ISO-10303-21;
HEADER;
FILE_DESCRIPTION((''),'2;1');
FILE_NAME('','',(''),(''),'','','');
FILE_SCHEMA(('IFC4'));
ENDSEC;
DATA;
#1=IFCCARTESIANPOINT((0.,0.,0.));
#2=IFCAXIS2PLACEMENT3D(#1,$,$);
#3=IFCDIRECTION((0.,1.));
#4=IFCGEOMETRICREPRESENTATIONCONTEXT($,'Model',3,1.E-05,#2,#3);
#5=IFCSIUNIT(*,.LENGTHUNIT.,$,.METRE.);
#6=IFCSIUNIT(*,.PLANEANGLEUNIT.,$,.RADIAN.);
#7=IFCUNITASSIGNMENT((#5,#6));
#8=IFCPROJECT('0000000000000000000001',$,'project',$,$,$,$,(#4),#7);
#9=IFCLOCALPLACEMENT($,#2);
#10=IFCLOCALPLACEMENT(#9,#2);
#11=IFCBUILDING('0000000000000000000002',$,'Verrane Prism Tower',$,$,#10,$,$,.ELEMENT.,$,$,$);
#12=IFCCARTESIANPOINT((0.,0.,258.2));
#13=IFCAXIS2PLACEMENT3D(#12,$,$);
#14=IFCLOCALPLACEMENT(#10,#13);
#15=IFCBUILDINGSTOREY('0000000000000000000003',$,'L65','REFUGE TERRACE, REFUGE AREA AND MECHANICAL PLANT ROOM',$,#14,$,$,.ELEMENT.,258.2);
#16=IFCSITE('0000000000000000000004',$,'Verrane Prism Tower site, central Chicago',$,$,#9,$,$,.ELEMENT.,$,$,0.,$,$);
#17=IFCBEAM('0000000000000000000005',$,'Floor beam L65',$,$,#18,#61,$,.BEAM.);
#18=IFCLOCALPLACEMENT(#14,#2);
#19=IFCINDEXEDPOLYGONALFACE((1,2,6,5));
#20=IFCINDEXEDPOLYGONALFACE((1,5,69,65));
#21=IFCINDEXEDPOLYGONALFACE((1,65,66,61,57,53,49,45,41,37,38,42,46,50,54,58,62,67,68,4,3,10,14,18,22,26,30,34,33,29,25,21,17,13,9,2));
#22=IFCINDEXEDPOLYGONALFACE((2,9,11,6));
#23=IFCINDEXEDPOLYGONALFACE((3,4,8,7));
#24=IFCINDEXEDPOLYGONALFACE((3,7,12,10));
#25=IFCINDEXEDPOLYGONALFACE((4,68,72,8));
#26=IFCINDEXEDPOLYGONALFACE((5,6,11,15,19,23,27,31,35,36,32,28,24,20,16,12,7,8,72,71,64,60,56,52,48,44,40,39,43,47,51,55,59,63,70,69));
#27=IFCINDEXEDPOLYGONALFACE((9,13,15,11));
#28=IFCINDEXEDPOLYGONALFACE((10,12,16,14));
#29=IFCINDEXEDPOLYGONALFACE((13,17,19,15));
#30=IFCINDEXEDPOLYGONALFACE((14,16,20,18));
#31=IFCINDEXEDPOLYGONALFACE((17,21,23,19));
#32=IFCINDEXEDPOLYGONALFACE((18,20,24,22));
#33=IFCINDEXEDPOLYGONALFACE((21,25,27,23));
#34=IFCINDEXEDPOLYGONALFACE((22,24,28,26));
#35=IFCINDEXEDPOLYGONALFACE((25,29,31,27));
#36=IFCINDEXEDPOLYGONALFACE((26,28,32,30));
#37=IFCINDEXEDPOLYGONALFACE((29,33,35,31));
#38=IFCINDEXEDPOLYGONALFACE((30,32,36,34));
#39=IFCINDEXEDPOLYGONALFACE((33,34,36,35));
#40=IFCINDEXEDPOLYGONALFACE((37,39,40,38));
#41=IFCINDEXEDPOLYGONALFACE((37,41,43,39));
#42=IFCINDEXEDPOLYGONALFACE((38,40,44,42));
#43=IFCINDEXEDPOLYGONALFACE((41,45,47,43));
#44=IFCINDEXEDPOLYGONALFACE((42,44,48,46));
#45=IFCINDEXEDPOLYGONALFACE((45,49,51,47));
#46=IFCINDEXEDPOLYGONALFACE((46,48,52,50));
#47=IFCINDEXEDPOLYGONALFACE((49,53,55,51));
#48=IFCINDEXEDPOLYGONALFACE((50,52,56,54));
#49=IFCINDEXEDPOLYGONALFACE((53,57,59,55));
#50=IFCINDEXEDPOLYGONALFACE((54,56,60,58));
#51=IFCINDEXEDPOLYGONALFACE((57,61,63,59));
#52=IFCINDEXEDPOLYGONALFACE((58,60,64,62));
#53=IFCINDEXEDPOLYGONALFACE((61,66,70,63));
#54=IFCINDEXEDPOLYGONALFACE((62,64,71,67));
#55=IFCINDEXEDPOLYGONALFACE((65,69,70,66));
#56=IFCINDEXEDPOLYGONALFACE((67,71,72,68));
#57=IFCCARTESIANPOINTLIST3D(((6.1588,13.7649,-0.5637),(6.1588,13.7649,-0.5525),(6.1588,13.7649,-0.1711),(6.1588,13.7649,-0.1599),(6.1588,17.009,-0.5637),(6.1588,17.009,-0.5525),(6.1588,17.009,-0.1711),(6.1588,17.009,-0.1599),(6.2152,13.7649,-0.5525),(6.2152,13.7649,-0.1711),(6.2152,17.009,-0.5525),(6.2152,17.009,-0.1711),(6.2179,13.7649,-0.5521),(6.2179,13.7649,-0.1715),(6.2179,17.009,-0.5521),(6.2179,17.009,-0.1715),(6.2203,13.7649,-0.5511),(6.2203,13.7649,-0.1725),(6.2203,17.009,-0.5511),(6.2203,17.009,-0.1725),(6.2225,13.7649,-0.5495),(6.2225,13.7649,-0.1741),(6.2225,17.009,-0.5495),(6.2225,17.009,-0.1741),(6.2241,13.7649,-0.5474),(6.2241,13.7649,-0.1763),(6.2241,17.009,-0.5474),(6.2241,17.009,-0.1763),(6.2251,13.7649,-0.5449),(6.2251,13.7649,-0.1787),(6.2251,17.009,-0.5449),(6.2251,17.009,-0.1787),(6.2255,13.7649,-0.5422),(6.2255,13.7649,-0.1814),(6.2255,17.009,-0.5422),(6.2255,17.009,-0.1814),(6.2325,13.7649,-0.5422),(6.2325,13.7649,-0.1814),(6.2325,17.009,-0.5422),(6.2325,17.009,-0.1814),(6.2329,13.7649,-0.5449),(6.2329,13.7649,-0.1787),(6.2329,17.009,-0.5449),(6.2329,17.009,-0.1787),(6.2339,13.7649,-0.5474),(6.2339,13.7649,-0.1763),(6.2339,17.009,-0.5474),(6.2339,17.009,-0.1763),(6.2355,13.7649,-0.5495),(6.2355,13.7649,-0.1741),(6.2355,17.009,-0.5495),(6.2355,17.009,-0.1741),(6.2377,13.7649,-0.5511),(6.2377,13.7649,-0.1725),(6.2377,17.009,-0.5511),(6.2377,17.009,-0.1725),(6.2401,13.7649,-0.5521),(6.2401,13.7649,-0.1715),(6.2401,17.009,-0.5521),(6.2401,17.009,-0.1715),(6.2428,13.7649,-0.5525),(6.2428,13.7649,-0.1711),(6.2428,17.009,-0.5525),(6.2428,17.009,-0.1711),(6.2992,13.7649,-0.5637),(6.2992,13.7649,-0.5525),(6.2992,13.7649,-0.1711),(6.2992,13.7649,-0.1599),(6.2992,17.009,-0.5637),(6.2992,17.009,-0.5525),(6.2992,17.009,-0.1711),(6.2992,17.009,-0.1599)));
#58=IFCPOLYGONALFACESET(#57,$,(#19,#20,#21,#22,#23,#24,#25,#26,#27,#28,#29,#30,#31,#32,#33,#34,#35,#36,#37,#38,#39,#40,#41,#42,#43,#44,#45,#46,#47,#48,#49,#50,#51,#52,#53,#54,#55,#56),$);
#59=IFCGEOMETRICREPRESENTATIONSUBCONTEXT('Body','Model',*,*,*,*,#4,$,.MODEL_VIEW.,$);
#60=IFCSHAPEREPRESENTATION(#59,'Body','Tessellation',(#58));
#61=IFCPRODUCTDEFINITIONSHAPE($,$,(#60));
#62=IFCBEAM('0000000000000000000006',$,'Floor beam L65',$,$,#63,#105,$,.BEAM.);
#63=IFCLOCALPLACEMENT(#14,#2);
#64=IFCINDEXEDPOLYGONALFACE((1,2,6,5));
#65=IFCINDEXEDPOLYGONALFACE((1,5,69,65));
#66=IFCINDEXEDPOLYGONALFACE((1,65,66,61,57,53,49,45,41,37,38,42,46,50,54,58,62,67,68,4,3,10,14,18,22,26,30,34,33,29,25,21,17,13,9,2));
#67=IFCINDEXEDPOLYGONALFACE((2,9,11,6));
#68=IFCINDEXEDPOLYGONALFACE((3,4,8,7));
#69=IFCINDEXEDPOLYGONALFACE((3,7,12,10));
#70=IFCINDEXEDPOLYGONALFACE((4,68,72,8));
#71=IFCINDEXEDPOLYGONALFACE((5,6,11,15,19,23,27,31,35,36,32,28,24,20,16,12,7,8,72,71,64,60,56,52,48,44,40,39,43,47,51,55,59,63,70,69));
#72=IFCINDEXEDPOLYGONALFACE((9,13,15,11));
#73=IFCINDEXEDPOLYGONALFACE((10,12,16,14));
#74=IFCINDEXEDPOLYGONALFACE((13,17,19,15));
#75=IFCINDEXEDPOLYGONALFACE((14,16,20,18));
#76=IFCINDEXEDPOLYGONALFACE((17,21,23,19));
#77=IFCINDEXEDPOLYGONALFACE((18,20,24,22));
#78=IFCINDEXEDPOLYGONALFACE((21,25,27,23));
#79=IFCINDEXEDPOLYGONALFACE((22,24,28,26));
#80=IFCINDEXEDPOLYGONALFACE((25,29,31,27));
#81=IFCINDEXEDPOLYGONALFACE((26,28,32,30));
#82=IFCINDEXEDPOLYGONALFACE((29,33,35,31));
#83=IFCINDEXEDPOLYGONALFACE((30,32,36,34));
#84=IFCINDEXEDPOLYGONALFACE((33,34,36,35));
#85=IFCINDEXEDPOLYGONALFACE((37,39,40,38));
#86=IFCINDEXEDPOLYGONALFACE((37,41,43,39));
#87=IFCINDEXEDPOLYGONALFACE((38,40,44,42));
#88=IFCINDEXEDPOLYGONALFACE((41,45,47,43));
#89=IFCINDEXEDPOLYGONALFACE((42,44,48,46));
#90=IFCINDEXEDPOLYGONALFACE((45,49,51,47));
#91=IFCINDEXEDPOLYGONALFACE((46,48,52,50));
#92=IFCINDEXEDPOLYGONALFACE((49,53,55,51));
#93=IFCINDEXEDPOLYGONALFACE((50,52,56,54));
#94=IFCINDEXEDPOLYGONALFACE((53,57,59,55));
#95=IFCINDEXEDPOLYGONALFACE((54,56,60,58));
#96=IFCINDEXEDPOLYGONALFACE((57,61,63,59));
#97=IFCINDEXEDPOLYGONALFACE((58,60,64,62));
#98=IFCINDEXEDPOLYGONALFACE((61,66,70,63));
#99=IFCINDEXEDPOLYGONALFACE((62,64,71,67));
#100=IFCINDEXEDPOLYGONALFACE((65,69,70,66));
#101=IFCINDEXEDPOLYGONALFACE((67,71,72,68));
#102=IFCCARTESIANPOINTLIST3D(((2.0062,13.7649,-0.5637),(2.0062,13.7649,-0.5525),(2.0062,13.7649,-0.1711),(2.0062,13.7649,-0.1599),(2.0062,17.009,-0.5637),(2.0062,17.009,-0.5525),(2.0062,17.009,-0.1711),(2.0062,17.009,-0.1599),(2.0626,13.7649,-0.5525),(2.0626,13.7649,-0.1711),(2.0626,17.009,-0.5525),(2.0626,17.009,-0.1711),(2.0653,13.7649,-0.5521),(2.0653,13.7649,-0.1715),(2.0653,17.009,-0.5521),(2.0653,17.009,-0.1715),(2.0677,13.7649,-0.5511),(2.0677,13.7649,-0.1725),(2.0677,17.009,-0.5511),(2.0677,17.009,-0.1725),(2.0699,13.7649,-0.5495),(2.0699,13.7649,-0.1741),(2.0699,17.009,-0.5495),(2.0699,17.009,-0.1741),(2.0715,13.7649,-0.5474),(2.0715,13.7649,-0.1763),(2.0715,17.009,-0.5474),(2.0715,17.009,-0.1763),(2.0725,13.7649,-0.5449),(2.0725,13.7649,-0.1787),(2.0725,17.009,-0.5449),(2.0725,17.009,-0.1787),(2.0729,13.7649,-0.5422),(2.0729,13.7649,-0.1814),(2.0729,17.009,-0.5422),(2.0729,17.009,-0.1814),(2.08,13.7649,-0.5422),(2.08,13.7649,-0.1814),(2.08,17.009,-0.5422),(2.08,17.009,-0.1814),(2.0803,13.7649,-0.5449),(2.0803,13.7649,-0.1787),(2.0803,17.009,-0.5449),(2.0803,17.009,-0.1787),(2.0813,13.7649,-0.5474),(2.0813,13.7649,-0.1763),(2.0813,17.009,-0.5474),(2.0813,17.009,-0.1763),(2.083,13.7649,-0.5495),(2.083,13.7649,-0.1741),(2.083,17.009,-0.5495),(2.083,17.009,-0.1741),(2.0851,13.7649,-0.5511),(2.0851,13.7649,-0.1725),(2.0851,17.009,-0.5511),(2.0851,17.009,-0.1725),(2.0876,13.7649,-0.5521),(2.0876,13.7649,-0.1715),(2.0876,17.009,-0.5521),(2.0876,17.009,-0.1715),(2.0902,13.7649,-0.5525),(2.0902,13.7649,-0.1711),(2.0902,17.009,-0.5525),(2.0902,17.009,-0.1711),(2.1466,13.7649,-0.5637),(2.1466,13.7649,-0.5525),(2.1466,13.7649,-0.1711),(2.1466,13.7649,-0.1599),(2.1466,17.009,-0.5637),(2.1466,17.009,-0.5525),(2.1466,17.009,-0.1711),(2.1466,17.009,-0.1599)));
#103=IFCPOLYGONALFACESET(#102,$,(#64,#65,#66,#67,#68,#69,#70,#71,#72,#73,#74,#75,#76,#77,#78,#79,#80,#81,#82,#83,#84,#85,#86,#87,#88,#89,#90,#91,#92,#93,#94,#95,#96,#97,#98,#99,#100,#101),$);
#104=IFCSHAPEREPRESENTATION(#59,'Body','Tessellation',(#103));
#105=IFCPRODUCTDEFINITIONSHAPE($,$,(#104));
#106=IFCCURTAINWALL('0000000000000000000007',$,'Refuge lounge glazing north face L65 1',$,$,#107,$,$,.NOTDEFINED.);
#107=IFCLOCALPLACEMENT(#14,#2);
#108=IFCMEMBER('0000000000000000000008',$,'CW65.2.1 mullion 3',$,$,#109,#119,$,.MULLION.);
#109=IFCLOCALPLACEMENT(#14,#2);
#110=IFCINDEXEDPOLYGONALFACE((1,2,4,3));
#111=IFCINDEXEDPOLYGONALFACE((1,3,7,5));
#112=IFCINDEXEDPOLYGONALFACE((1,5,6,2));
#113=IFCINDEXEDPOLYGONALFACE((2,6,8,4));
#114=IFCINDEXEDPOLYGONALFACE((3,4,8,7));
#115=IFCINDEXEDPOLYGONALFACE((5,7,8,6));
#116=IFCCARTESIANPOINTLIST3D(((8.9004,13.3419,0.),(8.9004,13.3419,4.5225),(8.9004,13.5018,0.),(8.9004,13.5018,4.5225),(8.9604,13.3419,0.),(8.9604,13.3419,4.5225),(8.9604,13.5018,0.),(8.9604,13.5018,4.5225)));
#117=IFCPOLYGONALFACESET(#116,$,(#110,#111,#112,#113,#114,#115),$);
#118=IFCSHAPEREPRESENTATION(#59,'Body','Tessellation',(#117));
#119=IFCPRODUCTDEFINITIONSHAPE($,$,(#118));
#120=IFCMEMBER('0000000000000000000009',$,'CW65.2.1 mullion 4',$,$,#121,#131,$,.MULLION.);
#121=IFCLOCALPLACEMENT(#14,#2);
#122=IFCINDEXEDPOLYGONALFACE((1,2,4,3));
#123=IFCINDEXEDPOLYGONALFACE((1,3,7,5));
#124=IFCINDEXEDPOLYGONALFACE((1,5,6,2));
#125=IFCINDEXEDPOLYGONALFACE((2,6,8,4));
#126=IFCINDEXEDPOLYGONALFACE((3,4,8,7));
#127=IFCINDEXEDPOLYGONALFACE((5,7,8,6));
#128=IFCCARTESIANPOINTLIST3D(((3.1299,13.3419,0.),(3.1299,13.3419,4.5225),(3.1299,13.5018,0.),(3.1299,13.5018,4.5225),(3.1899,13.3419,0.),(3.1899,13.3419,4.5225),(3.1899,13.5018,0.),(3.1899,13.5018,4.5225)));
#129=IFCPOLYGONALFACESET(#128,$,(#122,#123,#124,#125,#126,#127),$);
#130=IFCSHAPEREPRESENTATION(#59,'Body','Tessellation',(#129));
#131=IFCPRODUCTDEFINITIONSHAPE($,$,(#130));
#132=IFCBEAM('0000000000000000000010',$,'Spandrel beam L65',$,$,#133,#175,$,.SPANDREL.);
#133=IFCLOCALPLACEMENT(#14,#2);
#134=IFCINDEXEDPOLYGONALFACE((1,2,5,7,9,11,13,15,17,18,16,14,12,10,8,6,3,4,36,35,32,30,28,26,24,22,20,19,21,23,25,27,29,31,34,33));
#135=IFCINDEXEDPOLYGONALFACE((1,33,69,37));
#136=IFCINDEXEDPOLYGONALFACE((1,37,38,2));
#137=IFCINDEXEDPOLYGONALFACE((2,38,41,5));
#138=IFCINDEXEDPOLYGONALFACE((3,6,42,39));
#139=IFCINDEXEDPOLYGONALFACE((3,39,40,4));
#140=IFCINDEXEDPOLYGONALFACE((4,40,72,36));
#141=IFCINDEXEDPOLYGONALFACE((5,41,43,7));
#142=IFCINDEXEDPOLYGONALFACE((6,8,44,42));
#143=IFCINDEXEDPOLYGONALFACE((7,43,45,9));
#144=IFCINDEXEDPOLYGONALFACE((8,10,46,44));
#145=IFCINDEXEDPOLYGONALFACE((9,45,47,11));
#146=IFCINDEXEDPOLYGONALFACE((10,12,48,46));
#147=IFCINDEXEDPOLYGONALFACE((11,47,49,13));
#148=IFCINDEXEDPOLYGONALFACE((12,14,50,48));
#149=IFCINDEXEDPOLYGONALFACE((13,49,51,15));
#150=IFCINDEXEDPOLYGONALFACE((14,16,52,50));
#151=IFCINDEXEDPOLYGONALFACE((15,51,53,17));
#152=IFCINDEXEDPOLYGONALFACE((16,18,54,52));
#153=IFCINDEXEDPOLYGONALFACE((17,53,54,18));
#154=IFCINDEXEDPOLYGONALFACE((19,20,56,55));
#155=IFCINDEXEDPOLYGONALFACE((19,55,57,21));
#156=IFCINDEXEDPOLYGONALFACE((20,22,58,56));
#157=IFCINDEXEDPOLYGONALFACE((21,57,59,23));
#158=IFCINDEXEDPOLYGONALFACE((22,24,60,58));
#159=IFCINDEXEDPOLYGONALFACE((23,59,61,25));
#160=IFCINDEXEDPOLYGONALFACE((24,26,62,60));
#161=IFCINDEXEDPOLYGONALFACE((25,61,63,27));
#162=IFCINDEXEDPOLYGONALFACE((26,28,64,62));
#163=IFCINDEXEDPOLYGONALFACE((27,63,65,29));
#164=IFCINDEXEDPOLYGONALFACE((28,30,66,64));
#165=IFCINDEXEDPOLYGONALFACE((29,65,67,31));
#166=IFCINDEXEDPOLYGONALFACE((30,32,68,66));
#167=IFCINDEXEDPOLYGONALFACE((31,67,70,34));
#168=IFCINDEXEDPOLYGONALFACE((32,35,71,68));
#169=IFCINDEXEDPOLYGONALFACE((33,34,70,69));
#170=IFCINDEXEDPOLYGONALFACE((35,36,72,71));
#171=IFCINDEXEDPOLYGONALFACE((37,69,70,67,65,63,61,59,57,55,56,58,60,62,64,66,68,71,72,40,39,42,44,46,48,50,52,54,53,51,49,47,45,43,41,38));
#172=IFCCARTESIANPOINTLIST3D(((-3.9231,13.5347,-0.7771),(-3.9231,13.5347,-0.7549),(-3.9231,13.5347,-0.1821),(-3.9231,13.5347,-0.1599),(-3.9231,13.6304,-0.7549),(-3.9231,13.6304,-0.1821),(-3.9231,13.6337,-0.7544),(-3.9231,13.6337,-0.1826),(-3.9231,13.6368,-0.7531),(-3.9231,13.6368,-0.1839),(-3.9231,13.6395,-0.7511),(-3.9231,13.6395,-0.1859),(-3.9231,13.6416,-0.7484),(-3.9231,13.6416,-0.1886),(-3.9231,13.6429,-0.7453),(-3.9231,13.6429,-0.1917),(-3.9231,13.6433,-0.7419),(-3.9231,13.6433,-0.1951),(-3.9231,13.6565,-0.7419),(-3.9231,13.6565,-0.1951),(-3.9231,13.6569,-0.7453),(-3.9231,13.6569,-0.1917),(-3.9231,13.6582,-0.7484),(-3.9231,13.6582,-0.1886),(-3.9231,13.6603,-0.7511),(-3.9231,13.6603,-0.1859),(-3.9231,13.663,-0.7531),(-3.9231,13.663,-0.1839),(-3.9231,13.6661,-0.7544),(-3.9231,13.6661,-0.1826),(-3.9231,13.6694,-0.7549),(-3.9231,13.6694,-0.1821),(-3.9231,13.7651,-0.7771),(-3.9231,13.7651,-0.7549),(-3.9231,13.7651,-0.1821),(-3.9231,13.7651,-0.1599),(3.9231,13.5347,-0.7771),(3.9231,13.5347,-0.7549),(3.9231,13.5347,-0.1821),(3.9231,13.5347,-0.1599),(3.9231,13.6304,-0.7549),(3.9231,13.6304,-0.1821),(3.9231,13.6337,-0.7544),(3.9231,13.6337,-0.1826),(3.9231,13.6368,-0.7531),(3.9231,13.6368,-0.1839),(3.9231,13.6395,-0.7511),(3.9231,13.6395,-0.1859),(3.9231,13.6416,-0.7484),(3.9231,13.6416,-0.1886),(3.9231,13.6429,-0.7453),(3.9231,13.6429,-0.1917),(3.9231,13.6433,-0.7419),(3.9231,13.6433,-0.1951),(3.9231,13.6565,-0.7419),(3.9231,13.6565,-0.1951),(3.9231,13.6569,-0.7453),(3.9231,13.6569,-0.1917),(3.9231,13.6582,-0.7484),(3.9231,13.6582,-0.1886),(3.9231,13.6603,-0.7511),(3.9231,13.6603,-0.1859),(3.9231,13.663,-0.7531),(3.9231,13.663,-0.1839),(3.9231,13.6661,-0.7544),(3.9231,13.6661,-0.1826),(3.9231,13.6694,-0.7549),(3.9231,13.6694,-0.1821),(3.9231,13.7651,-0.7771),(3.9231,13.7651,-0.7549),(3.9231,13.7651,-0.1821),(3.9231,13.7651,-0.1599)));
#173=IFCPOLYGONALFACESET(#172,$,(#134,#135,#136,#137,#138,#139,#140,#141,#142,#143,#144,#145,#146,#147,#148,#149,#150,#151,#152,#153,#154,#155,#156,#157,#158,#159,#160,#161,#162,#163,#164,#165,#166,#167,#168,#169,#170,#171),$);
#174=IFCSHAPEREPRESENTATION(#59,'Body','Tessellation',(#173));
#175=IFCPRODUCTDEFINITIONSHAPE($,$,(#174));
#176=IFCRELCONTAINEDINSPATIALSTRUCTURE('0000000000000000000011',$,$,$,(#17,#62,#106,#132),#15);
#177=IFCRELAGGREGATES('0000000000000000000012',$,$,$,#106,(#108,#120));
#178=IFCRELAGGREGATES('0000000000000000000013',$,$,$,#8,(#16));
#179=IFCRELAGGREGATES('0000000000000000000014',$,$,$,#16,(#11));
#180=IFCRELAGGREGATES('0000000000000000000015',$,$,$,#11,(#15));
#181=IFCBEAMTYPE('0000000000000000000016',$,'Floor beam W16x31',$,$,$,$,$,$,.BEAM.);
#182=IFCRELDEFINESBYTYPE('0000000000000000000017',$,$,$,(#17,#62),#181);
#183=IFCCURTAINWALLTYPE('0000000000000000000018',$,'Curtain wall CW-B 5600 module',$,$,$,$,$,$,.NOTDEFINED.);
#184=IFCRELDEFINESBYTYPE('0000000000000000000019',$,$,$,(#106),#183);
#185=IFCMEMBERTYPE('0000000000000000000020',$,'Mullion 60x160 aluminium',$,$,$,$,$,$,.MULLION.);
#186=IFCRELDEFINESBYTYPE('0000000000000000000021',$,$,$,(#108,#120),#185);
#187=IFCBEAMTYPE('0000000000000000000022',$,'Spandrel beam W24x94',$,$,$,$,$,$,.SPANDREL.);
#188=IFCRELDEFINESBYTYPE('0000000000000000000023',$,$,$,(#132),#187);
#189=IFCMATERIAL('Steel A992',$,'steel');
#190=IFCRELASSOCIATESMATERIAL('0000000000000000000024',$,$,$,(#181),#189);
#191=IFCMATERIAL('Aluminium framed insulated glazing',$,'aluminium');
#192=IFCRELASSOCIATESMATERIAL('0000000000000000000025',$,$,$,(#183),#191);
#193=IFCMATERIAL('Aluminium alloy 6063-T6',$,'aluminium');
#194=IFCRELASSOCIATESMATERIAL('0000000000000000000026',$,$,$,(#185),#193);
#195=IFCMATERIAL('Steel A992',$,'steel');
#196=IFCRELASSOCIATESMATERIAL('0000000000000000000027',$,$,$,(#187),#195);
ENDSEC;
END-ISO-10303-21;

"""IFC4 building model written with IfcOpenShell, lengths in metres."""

from ifc_helpers import new_model, si_unit, direction, frame, origin, origin_2d, place, context, subcontext, project, spatial, rectangle, i_section, extrude, material, material_profile, profile_set, type_object, element, aggregate, save


model = new_model("IFC4")

# Units and contexts
model_context = context("Model", 3, precision=1e-05, world=origin(), true_north=direction((0.0, 1.0)))
body_context = subcontext(model_context, "Body", "Model", "MODEL_VIEW")
ifc_project = project(units=[si_unit("LENGTHUNIT", "METRE"), si_unit("PLANEANGLEUNIT", "RADIAN")], contexts=[model_context])

# Site, building, storey
site_placement = place(None, origin())
site = spatial("IfcSite", under=ifc_project, at=site_placement, Name="Verrane Prism Tower site, central Chicago", CompositionType="ELEMENT", RefElevation=0.0)
building_placement = place(site_placement, origin())
building = spatial("IfcBuilding", under=site, at=building_placement, Name="Verrane Prism Tower", CompositionType="ELEMENT")
storey_placement = place(building_placement, frame((0.0, 0.0, 258.2)))
storey = spatial("IfcBuildingStorey", under=building, at=storey_placement, Name="L65", Description="REFUGE TERRACE, REFUGE AREA AND MECHANICAL PLANT ROOM", CompositionType="ELEMENT", Elevation=258.2)

# Beams
ifc_material_1 = material(Name="Steel A992", Category="steel")
ifc_material_profile_1 = material_profile(ifc_material_1, i_section(OverallWidth=0.1404, OverallDepth=0.4038, WebThickness=0.0071, FlangeThickness=0.0112, FilletRadius=0.0103, at=origin_2d()), Name="W16x31")
ifc_profile_set_1 = profile_set([ifc_material_profile_1], Name="Steel A992")
beam_type_1 = type_object("IfcBeamType", Name="Floor beam W16x31", PredefinedType="BEAM", material=ifc_profile_set_1)
for number, where, z_axis, x_axis, name in (
    (1, (6.229, 13.7649, -0.3618), (0.0, 1.0, 0.0), (-1.0, 0.0, 0.0), "Floor beam L65"),
    (2, (2.0764, 13.7649, -0.3618), (0.0, 1.0, 0.0), (-1.0, 0.0, 0.0), "Floor beam L65"),
):
    element("IfcBeam", number, at=place(storey_placement, frame(where, z_axis=z_axis, x_axis=x_axis)), inside=storey, type_object=beam_type_1, Name=name, PredefinedType="BEAM", context=body_context, shape_type="SweptSolid", body=[
        extrude(i_section(OverallWidth=0.1404, OverallDepth=0.4038, WebThickness=0.0071, FlangeThickness=0.0112, FilletRadius=0.0103, at=origin_2d()), origin(), (0.0, 0.0, 1.0), 3.2441),
    ])

# Curtain wall, members
ifc_material_2 = material(Name="Aluminium framed insulated glazing", Category="aluminium")
curtain_wall_type = type_object("IfcCurtainWallType", Name="Curtain wall CW-B 5600 module", PredefinedType="NOTDEFINED", material=ifc_material_2)
curtain_wall_placement = place(storey_placement, origin())
curtain_wall = element("IfcCurtainWall", 3, at=curtain_wall_placement, inside=storey, type_object=curtain_wall_type, Name="Refuge lounge glazing north face L65 1", PredefinedType="NOTDEFINED")
ifc_material_3 = material(Name="Aluminium alloy 6063-T6", Category="aluminium")
ifc_material_profile_2 = material_profile(ifc_material_3, rectangle(XDim=0.1599, YDim=0.0601, at=origin_2d()), Name="Mullion 60x160 aluminium")
ifc_profile_set_2 = profile_set([ifc_material_profile_2], Name="Aluminium alloy 6063-T6")
member_type_1 = type_object("IfcMemberType", Name="Mullion 60x160 aluminium", PredefinedType="MULLION", material=ifc_profile_set_2)
member_1_placement = place(storey_placement, frame((8.9304, 13.4219, 0.0), z_axis=(0.0, 0.0, 1.0), x_axis=(0.0, -1.0, 0.0)))
member_1 = element("IfcMember", 4, at=member_1_placement, type_object=member_type_1, Name="CW65.2.1 mullion 3", PredefinedType="MULLION", context=body_context, shape_type="SweptSolid", body=[
    extrude(rectangle(XDim=0.1599, YDim=0.0601, at=origin_2d()), origin(), (0.0, 0.0, 1.0), 4.5225),
])
member_2_placement = place(storey_placement, frame((3.1599, 13.4219, 0.0), z_axis=(0.0, 0.0, 1.0), x_axis=(0.0, -1.0, 0.0)))
member_2 = element("IfcMember", 5, at=member_2_placement, type_object=member_type_1, Name="CW65.2.1 mullion 4", PredefinedType="MULLION", context=body_context, shape_type="SweptSolid", body=[
    extrude(rectangle(XDim=0.1599, YDim=0.0601, at=origin_2d()), origin(), (0.0, 0.0, 1.0), 4.5225),
])

# Beam
ifc_material_4 = material(Name="Steel A992", Category="steel")
ifc_material_profile_3 = material_profile(ifc_material_4, i_section(OverallWidth=0.2305, OverallDepth=0.6172, WebThickness=0.0132, FlangeThickness=0.0222, FilletRadius=0.0129, at=origin_2d()), Name="W24x94")
ifc_profile_set_3 = profile_set([ifc_material_profile_3], Name="Steel A992")
beam_type_2 = type_object("IfcBeamType", Name="Spandrel beam W24x94", PredefinedType="SPANDREL", material=ifc_profile_set_3)
beam_1_placement = place(storey_placement, frame((3.9231, 13.6499, -0.4685), z_axis=(-1.0, 0.0, 0.0), x_axis=(0.0, -1.0, 0.0)))
element("IfcBeam", 6, at=beam_1_placement, inside=storey, type_object=beam_type_2, Name="Spandrel beam L65", PredefinedType="SPANDREL", context=body_context, shape_type="SweptSolid", body=[
    extrude(i_section(OverallWidth=0.2305, OverallDepth=0.6172, WebThickness=0.0132, FlangeThickness=0.0222, FilletRadius=0.0129, at=origin_2d()), origin(), (0.0, 0.0, 1.0), 7.8462),
])

aggregate(curtain_wall, [member_1, member_2])

save(model, "model.ifc")
